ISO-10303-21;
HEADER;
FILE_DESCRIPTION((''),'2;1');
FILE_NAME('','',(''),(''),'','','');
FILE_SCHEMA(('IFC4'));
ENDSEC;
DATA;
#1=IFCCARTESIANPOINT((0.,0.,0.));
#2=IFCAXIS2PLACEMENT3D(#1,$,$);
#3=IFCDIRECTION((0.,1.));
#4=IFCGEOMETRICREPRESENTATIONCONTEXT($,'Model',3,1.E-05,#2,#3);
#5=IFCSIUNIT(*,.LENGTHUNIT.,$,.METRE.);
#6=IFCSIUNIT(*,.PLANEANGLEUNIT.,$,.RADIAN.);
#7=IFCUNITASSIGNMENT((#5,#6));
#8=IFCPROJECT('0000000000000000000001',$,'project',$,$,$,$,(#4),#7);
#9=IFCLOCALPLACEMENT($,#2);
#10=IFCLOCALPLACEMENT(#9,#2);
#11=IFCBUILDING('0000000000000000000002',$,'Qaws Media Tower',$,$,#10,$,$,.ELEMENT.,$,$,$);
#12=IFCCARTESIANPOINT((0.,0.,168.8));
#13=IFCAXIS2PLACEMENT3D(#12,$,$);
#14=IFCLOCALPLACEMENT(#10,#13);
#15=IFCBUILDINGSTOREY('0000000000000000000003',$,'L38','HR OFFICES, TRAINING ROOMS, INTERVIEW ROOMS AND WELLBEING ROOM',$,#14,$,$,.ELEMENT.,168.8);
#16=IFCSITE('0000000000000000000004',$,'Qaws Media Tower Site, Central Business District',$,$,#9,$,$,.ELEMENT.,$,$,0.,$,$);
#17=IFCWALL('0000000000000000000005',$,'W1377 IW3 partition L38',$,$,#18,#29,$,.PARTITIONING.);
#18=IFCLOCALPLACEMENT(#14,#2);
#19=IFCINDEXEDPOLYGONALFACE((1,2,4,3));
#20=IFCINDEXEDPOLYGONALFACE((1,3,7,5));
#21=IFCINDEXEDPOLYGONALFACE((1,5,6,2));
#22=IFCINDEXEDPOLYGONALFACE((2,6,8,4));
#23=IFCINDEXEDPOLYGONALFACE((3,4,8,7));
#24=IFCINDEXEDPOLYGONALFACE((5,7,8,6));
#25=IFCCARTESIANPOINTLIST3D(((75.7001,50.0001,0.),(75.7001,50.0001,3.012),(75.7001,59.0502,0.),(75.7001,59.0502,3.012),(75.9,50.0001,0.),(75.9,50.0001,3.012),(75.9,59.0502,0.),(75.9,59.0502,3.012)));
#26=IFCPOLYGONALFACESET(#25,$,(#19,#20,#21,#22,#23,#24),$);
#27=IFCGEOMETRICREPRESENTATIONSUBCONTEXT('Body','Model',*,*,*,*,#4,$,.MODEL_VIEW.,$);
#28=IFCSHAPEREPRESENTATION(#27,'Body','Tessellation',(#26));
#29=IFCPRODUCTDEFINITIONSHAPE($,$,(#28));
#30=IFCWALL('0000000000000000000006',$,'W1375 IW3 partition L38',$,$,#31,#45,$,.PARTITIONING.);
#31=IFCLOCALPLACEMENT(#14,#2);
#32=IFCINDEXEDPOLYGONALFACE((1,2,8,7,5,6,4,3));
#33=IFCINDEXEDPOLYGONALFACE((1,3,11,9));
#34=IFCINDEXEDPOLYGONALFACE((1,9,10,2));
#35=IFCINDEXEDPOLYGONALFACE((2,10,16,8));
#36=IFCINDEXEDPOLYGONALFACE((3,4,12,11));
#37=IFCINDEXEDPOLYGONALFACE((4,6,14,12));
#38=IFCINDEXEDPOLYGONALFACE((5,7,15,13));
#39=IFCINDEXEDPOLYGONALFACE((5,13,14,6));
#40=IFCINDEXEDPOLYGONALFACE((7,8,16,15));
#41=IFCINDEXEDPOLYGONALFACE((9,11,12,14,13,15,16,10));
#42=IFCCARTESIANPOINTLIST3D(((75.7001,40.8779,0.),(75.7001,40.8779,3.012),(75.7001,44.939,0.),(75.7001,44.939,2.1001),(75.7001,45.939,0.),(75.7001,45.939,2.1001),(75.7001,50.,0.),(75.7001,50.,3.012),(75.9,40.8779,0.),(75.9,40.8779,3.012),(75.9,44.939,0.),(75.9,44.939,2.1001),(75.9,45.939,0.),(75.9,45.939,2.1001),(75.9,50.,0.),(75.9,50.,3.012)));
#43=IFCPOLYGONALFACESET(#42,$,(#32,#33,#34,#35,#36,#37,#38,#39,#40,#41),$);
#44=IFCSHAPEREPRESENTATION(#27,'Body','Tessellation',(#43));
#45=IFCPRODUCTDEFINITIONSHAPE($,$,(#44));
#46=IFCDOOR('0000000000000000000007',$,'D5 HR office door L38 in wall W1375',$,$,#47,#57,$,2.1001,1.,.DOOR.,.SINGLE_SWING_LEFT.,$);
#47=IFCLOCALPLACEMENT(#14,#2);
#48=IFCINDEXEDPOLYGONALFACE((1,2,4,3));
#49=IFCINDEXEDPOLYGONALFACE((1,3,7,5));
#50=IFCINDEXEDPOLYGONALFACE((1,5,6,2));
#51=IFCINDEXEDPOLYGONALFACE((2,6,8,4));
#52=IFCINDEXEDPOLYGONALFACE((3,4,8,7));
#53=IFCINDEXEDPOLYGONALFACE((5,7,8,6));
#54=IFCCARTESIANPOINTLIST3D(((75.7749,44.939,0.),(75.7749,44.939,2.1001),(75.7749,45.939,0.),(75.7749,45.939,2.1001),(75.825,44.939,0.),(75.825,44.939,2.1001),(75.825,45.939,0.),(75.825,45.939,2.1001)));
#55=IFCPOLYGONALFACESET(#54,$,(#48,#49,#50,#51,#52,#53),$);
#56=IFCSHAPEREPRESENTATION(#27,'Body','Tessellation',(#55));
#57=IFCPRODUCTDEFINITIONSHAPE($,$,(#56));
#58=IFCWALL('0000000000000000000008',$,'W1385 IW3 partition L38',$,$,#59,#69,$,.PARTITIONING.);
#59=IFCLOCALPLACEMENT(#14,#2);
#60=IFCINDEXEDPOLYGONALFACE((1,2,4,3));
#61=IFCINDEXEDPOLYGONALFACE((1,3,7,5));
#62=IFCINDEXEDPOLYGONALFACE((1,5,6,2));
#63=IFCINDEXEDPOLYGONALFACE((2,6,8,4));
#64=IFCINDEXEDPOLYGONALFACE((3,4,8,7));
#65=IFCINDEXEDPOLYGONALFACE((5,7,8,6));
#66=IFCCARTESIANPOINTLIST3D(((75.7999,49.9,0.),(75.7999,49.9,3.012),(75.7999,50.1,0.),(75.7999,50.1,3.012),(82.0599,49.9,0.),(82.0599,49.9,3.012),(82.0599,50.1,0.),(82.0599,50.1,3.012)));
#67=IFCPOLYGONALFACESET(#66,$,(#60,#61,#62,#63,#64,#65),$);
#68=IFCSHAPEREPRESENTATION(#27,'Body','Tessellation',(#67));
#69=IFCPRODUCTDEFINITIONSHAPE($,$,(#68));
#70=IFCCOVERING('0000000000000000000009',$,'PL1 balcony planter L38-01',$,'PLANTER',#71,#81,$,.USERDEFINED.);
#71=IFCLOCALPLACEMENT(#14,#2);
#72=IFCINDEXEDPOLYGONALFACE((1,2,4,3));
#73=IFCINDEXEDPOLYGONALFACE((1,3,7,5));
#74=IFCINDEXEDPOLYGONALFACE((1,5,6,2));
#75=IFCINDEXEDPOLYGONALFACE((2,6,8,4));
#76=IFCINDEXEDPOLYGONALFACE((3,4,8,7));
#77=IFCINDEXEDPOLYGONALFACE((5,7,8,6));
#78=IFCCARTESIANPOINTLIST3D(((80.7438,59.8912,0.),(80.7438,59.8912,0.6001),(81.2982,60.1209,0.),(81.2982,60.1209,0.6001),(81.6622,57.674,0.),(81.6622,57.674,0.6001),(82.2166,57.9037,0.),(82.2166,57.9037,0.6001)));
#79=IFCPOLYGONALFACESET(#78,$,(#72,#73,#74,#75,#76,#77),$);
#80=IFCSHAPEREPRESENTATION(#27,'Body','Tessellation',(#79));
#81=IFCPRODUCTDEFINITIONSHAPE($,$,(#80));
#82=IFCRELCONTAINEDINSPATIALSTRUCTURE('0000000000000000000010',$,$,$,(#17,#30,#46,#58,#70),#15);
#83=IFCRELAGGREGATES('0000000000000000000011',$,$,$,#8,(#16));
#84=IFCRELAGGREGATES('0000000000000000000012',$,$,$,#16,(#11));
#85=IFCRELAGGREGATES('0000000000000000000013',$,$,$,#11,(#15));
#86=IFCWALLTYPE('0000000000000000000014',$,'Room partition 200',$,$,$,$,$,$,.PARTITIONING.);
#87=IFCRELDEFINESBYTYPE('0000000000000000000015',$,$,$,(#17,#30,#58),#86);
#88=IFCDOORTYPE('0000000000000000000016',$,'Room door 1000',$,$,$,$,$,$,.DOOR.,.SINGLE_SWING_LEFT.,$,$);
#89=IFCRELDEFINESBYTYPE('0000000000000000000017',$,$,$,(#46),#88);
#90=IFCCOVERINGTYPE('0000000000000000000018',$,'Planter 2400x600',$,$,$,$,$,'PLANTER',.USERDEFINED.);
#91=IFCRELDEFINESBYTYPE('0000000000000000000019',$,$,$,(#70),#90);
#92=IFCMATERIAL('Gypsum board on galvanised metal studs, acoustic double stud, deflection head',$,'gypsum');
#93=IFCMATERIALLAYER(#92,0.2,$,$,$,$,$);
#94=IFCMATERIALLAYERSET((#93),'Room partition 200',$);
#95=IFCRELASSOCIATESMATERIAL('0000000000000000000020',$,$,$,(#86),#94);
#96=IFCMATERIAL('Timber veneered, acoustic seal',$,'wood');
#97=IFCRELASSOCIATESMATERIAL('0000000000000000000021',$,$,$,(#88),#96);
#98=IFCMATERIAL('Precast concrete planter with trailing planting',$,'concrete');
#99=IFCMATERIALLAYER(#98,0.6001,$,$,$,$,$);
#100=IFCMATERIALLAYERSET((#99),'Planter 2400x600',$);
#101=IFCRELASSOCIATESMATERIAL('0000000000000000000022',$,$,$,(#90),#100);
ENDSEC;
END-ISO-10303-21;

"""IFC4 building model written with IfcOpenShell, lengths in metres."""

from ifc_helpers import new_model, si_unit, direction, frame, frame_2d, origin, origin_2d, place, context, subcontext, project, spatial, rectangle, extrude, material, layer, layer_set, type_object, element, fill, save


model = new_model("IFC4")

# Units and contexts
model_context = context("Model", 3, precision=1e-05, world=origin(), true_north=direction((0.0, 1.0)))
body_context = subcontext(model_context, "Body", "Model", "MODEL_VIEW")
ifc_project = project(units=[si_unit("LENGTHUNIT", "METRE"), si_unit("PLANEANGLEUNIT", "RADIAN")], contexts=[model_context])

# Site, building, storey
site_placement = place(None, origin())
site = spatial("IfcSite", under=ifc_project, at=site_placement, Name="Qaws Media Tower Site, Central Business District", CompositionType="ELEMENT", RefElevation=0.0)
building_placement = place(site_placement, origin())
building = spatial("IfcBuilding", under=site, at=building_placement, Name="Qaws Media Tower", CompositionType="ELEMENT")
storey_placement = place(building_placement, frame((0.0, 0.0, 168.8)))
storey = spatial("IfcBuildingStorey", under=building, at=storey_placement, Name="L38", Description="HR OFFICES, TRAINING ROOMS, INTERVIEW ROOMS AND WELLBEING ROOM", CompositionType="ELEMENT", Elevation=168.8)

# Wall
ifc_material_1 = material(Name="Gypsum board on galvanised metal studs, acoustic double stud, deflection head", Category="gypsum")
ifc_layer_1 = layer(ifc_material_1, 0.2)
ifc_layer_set_1 = layer_set([ifc_layer_1], Name="Room partition 200")
wall_type_1 = type_object("IfcWallType", Name="Room partition 200", PredefinedType="PARTITIONING", material=ifc_layer_set_1)
wall_1_placement = place(storey_placement, frame((75.8, 59.05, 0.0), z_axis=(0.0, 0.0, 1.0), x_axis=(0.0, -1.0, 0.0)))
element("IfcWall", 1, at=wall_1_placement, inside=storey, type_object=wall_type_1, Name="W1377 IW3 partition L38", PredefinedType="PARTITIONING", context=body_context, shape_type="SweptSolid", body=[
    extrude(rectangle(XDim=9.05, YDim=0.2, at=frame_2d((4.5249, 0.0))), origin(), (0.0, 0.0, 1.0), 3.012),
])

# Wall, opening, door
wall_2_placement = place(storey_placement, frame((75.8, 50.0, 0.0), z_axis=(0.0, 0.0, 1.0), x_axis=(0.0, -1.0, 0.0)))
wall_2 = element("IfcWall", 2, at=wall_2_placement, inside=storey, type_object=wall_type_1, Name="W1375 IW3 partition L38", PredefinedType="PARTITIONING", context=body_context, shape_type="SweptSolid", body=[
    extrude(rectangle(XDim=9.1221, YDim=0.2, at=frame_2d((4.561, 0.0))), origin(), (0.0, 0.0, 1.0), 3.012),
])
opening_1_placement = place(wall_2_placement, frame((4.061, 0.0, 0.0)))
opening_1 = element("IfcOpeningElement", 3, at=opening_1_placement, cuts=wall_2, PredefinedType="OPENING", context=body_context, shape_type="SweptSolid", body=[
    extrude(rectangle(XDim=1.0, YDim=2.1001, at=frame_2d((0.5, 1.05))), frame((0.0, 0.1099, 0.0), z_axis=(0.0, -1.0, 0.0), x_axis=(1.0, 0.0, 0.0)), (0.0, 0.0, 1.0), 0.22),
])
ifc_material_2 = material(Name="Timber veneered, acoustic seal", Category="wood")
door_type_1 = type_object("IfcDoorType", Name="Room door 1000", OperationType="SINGLE_SWING_LEFT", PredefinedType="DOOR", material=ifc_material_2)
door_1_placement = place(opening_1_placement, origin())
door_1 = element("IfcDoor", 4, at=door_1_placement, inside=storey, type_object=door_type_1, Name="D5 HR office door L38 in wall W1375", OperationType="SINGLE_SWING_LEFT", OverallHeight=2.1001, OverallWidth=1.0, PredefinedType="DOOR", context=body_context, shape_type="SweptSolid", body=[
    extrude(rectangle(XDim=1.0, YDim=2.1001, at=frame_2d((0.5, 1.05))), frame((0.0, 0.0249, 0.0), z_axis=(0.0, -1.0, 0.0), x_axis=(1.0, 0.0, 0.0)), (0.0, 0.0, 1.0), 0.05),
])
fill(opening_1, door_1)

# Wall
wall_3_placement = place(storey_placement, frame((75.8, 50.0, 0.0), z_axis=(0.0, 0.0, 1.0), x_axis=(1.0, 0.0, 0.0)))
element("IfcWall", 5, at=wall_3_placement, inside=storey, type_object=wall_type_1, Name="W1385 IW3 partition L38", PredefinedType="PARTITIONING", context=body_context, shape_type="SweptSolid", body=[
    extrude(rectangle(XDim=6.26, YDim=0.2, at=frame_2d((3.1299, 0.0))), origin(), (0.0, 0.0, 1.0), 3.012),
])

# Covering
ifc_material_3 = material(Name="Precast concrete planter with trailing planting", Category="concrete")
ifc_layer_2 = layer(ifc_material_3, 0.6001)
ifc_layer_set_2 = layer_set([ifc_layer_2], Name="Planter 2400x600")
covering_type = type_object("IfcCoveringType", Name="Planter 2400x600", ElementType="PLANTER", PredefinedType="USERDEFINED", material=ifc_layer_set_2)
covering_placement = place(storey_placement, frame((81.4802, 58.8975, 0.0), z_axis=(0.0, 0.0, 1.0), x_axis=(-0.382683, 0.92388, 0.0)))
element("IfcCovering", 6, at=covering_placement, inside=storey, type_object=covering_type, Name="PL1 balcony planter L38-01", ObjectType="PLANTER", PredefinedType="USERDEFINED", context=body_context, shape_type="SweptSolid", body=[
    extrude(rectangle(XDim=2.3999, YDim=0.6001, at=origin_2d()), origin(), (0.0, 0.0, 1.0), 0.6001),
])

save(model, "model.ifc")
